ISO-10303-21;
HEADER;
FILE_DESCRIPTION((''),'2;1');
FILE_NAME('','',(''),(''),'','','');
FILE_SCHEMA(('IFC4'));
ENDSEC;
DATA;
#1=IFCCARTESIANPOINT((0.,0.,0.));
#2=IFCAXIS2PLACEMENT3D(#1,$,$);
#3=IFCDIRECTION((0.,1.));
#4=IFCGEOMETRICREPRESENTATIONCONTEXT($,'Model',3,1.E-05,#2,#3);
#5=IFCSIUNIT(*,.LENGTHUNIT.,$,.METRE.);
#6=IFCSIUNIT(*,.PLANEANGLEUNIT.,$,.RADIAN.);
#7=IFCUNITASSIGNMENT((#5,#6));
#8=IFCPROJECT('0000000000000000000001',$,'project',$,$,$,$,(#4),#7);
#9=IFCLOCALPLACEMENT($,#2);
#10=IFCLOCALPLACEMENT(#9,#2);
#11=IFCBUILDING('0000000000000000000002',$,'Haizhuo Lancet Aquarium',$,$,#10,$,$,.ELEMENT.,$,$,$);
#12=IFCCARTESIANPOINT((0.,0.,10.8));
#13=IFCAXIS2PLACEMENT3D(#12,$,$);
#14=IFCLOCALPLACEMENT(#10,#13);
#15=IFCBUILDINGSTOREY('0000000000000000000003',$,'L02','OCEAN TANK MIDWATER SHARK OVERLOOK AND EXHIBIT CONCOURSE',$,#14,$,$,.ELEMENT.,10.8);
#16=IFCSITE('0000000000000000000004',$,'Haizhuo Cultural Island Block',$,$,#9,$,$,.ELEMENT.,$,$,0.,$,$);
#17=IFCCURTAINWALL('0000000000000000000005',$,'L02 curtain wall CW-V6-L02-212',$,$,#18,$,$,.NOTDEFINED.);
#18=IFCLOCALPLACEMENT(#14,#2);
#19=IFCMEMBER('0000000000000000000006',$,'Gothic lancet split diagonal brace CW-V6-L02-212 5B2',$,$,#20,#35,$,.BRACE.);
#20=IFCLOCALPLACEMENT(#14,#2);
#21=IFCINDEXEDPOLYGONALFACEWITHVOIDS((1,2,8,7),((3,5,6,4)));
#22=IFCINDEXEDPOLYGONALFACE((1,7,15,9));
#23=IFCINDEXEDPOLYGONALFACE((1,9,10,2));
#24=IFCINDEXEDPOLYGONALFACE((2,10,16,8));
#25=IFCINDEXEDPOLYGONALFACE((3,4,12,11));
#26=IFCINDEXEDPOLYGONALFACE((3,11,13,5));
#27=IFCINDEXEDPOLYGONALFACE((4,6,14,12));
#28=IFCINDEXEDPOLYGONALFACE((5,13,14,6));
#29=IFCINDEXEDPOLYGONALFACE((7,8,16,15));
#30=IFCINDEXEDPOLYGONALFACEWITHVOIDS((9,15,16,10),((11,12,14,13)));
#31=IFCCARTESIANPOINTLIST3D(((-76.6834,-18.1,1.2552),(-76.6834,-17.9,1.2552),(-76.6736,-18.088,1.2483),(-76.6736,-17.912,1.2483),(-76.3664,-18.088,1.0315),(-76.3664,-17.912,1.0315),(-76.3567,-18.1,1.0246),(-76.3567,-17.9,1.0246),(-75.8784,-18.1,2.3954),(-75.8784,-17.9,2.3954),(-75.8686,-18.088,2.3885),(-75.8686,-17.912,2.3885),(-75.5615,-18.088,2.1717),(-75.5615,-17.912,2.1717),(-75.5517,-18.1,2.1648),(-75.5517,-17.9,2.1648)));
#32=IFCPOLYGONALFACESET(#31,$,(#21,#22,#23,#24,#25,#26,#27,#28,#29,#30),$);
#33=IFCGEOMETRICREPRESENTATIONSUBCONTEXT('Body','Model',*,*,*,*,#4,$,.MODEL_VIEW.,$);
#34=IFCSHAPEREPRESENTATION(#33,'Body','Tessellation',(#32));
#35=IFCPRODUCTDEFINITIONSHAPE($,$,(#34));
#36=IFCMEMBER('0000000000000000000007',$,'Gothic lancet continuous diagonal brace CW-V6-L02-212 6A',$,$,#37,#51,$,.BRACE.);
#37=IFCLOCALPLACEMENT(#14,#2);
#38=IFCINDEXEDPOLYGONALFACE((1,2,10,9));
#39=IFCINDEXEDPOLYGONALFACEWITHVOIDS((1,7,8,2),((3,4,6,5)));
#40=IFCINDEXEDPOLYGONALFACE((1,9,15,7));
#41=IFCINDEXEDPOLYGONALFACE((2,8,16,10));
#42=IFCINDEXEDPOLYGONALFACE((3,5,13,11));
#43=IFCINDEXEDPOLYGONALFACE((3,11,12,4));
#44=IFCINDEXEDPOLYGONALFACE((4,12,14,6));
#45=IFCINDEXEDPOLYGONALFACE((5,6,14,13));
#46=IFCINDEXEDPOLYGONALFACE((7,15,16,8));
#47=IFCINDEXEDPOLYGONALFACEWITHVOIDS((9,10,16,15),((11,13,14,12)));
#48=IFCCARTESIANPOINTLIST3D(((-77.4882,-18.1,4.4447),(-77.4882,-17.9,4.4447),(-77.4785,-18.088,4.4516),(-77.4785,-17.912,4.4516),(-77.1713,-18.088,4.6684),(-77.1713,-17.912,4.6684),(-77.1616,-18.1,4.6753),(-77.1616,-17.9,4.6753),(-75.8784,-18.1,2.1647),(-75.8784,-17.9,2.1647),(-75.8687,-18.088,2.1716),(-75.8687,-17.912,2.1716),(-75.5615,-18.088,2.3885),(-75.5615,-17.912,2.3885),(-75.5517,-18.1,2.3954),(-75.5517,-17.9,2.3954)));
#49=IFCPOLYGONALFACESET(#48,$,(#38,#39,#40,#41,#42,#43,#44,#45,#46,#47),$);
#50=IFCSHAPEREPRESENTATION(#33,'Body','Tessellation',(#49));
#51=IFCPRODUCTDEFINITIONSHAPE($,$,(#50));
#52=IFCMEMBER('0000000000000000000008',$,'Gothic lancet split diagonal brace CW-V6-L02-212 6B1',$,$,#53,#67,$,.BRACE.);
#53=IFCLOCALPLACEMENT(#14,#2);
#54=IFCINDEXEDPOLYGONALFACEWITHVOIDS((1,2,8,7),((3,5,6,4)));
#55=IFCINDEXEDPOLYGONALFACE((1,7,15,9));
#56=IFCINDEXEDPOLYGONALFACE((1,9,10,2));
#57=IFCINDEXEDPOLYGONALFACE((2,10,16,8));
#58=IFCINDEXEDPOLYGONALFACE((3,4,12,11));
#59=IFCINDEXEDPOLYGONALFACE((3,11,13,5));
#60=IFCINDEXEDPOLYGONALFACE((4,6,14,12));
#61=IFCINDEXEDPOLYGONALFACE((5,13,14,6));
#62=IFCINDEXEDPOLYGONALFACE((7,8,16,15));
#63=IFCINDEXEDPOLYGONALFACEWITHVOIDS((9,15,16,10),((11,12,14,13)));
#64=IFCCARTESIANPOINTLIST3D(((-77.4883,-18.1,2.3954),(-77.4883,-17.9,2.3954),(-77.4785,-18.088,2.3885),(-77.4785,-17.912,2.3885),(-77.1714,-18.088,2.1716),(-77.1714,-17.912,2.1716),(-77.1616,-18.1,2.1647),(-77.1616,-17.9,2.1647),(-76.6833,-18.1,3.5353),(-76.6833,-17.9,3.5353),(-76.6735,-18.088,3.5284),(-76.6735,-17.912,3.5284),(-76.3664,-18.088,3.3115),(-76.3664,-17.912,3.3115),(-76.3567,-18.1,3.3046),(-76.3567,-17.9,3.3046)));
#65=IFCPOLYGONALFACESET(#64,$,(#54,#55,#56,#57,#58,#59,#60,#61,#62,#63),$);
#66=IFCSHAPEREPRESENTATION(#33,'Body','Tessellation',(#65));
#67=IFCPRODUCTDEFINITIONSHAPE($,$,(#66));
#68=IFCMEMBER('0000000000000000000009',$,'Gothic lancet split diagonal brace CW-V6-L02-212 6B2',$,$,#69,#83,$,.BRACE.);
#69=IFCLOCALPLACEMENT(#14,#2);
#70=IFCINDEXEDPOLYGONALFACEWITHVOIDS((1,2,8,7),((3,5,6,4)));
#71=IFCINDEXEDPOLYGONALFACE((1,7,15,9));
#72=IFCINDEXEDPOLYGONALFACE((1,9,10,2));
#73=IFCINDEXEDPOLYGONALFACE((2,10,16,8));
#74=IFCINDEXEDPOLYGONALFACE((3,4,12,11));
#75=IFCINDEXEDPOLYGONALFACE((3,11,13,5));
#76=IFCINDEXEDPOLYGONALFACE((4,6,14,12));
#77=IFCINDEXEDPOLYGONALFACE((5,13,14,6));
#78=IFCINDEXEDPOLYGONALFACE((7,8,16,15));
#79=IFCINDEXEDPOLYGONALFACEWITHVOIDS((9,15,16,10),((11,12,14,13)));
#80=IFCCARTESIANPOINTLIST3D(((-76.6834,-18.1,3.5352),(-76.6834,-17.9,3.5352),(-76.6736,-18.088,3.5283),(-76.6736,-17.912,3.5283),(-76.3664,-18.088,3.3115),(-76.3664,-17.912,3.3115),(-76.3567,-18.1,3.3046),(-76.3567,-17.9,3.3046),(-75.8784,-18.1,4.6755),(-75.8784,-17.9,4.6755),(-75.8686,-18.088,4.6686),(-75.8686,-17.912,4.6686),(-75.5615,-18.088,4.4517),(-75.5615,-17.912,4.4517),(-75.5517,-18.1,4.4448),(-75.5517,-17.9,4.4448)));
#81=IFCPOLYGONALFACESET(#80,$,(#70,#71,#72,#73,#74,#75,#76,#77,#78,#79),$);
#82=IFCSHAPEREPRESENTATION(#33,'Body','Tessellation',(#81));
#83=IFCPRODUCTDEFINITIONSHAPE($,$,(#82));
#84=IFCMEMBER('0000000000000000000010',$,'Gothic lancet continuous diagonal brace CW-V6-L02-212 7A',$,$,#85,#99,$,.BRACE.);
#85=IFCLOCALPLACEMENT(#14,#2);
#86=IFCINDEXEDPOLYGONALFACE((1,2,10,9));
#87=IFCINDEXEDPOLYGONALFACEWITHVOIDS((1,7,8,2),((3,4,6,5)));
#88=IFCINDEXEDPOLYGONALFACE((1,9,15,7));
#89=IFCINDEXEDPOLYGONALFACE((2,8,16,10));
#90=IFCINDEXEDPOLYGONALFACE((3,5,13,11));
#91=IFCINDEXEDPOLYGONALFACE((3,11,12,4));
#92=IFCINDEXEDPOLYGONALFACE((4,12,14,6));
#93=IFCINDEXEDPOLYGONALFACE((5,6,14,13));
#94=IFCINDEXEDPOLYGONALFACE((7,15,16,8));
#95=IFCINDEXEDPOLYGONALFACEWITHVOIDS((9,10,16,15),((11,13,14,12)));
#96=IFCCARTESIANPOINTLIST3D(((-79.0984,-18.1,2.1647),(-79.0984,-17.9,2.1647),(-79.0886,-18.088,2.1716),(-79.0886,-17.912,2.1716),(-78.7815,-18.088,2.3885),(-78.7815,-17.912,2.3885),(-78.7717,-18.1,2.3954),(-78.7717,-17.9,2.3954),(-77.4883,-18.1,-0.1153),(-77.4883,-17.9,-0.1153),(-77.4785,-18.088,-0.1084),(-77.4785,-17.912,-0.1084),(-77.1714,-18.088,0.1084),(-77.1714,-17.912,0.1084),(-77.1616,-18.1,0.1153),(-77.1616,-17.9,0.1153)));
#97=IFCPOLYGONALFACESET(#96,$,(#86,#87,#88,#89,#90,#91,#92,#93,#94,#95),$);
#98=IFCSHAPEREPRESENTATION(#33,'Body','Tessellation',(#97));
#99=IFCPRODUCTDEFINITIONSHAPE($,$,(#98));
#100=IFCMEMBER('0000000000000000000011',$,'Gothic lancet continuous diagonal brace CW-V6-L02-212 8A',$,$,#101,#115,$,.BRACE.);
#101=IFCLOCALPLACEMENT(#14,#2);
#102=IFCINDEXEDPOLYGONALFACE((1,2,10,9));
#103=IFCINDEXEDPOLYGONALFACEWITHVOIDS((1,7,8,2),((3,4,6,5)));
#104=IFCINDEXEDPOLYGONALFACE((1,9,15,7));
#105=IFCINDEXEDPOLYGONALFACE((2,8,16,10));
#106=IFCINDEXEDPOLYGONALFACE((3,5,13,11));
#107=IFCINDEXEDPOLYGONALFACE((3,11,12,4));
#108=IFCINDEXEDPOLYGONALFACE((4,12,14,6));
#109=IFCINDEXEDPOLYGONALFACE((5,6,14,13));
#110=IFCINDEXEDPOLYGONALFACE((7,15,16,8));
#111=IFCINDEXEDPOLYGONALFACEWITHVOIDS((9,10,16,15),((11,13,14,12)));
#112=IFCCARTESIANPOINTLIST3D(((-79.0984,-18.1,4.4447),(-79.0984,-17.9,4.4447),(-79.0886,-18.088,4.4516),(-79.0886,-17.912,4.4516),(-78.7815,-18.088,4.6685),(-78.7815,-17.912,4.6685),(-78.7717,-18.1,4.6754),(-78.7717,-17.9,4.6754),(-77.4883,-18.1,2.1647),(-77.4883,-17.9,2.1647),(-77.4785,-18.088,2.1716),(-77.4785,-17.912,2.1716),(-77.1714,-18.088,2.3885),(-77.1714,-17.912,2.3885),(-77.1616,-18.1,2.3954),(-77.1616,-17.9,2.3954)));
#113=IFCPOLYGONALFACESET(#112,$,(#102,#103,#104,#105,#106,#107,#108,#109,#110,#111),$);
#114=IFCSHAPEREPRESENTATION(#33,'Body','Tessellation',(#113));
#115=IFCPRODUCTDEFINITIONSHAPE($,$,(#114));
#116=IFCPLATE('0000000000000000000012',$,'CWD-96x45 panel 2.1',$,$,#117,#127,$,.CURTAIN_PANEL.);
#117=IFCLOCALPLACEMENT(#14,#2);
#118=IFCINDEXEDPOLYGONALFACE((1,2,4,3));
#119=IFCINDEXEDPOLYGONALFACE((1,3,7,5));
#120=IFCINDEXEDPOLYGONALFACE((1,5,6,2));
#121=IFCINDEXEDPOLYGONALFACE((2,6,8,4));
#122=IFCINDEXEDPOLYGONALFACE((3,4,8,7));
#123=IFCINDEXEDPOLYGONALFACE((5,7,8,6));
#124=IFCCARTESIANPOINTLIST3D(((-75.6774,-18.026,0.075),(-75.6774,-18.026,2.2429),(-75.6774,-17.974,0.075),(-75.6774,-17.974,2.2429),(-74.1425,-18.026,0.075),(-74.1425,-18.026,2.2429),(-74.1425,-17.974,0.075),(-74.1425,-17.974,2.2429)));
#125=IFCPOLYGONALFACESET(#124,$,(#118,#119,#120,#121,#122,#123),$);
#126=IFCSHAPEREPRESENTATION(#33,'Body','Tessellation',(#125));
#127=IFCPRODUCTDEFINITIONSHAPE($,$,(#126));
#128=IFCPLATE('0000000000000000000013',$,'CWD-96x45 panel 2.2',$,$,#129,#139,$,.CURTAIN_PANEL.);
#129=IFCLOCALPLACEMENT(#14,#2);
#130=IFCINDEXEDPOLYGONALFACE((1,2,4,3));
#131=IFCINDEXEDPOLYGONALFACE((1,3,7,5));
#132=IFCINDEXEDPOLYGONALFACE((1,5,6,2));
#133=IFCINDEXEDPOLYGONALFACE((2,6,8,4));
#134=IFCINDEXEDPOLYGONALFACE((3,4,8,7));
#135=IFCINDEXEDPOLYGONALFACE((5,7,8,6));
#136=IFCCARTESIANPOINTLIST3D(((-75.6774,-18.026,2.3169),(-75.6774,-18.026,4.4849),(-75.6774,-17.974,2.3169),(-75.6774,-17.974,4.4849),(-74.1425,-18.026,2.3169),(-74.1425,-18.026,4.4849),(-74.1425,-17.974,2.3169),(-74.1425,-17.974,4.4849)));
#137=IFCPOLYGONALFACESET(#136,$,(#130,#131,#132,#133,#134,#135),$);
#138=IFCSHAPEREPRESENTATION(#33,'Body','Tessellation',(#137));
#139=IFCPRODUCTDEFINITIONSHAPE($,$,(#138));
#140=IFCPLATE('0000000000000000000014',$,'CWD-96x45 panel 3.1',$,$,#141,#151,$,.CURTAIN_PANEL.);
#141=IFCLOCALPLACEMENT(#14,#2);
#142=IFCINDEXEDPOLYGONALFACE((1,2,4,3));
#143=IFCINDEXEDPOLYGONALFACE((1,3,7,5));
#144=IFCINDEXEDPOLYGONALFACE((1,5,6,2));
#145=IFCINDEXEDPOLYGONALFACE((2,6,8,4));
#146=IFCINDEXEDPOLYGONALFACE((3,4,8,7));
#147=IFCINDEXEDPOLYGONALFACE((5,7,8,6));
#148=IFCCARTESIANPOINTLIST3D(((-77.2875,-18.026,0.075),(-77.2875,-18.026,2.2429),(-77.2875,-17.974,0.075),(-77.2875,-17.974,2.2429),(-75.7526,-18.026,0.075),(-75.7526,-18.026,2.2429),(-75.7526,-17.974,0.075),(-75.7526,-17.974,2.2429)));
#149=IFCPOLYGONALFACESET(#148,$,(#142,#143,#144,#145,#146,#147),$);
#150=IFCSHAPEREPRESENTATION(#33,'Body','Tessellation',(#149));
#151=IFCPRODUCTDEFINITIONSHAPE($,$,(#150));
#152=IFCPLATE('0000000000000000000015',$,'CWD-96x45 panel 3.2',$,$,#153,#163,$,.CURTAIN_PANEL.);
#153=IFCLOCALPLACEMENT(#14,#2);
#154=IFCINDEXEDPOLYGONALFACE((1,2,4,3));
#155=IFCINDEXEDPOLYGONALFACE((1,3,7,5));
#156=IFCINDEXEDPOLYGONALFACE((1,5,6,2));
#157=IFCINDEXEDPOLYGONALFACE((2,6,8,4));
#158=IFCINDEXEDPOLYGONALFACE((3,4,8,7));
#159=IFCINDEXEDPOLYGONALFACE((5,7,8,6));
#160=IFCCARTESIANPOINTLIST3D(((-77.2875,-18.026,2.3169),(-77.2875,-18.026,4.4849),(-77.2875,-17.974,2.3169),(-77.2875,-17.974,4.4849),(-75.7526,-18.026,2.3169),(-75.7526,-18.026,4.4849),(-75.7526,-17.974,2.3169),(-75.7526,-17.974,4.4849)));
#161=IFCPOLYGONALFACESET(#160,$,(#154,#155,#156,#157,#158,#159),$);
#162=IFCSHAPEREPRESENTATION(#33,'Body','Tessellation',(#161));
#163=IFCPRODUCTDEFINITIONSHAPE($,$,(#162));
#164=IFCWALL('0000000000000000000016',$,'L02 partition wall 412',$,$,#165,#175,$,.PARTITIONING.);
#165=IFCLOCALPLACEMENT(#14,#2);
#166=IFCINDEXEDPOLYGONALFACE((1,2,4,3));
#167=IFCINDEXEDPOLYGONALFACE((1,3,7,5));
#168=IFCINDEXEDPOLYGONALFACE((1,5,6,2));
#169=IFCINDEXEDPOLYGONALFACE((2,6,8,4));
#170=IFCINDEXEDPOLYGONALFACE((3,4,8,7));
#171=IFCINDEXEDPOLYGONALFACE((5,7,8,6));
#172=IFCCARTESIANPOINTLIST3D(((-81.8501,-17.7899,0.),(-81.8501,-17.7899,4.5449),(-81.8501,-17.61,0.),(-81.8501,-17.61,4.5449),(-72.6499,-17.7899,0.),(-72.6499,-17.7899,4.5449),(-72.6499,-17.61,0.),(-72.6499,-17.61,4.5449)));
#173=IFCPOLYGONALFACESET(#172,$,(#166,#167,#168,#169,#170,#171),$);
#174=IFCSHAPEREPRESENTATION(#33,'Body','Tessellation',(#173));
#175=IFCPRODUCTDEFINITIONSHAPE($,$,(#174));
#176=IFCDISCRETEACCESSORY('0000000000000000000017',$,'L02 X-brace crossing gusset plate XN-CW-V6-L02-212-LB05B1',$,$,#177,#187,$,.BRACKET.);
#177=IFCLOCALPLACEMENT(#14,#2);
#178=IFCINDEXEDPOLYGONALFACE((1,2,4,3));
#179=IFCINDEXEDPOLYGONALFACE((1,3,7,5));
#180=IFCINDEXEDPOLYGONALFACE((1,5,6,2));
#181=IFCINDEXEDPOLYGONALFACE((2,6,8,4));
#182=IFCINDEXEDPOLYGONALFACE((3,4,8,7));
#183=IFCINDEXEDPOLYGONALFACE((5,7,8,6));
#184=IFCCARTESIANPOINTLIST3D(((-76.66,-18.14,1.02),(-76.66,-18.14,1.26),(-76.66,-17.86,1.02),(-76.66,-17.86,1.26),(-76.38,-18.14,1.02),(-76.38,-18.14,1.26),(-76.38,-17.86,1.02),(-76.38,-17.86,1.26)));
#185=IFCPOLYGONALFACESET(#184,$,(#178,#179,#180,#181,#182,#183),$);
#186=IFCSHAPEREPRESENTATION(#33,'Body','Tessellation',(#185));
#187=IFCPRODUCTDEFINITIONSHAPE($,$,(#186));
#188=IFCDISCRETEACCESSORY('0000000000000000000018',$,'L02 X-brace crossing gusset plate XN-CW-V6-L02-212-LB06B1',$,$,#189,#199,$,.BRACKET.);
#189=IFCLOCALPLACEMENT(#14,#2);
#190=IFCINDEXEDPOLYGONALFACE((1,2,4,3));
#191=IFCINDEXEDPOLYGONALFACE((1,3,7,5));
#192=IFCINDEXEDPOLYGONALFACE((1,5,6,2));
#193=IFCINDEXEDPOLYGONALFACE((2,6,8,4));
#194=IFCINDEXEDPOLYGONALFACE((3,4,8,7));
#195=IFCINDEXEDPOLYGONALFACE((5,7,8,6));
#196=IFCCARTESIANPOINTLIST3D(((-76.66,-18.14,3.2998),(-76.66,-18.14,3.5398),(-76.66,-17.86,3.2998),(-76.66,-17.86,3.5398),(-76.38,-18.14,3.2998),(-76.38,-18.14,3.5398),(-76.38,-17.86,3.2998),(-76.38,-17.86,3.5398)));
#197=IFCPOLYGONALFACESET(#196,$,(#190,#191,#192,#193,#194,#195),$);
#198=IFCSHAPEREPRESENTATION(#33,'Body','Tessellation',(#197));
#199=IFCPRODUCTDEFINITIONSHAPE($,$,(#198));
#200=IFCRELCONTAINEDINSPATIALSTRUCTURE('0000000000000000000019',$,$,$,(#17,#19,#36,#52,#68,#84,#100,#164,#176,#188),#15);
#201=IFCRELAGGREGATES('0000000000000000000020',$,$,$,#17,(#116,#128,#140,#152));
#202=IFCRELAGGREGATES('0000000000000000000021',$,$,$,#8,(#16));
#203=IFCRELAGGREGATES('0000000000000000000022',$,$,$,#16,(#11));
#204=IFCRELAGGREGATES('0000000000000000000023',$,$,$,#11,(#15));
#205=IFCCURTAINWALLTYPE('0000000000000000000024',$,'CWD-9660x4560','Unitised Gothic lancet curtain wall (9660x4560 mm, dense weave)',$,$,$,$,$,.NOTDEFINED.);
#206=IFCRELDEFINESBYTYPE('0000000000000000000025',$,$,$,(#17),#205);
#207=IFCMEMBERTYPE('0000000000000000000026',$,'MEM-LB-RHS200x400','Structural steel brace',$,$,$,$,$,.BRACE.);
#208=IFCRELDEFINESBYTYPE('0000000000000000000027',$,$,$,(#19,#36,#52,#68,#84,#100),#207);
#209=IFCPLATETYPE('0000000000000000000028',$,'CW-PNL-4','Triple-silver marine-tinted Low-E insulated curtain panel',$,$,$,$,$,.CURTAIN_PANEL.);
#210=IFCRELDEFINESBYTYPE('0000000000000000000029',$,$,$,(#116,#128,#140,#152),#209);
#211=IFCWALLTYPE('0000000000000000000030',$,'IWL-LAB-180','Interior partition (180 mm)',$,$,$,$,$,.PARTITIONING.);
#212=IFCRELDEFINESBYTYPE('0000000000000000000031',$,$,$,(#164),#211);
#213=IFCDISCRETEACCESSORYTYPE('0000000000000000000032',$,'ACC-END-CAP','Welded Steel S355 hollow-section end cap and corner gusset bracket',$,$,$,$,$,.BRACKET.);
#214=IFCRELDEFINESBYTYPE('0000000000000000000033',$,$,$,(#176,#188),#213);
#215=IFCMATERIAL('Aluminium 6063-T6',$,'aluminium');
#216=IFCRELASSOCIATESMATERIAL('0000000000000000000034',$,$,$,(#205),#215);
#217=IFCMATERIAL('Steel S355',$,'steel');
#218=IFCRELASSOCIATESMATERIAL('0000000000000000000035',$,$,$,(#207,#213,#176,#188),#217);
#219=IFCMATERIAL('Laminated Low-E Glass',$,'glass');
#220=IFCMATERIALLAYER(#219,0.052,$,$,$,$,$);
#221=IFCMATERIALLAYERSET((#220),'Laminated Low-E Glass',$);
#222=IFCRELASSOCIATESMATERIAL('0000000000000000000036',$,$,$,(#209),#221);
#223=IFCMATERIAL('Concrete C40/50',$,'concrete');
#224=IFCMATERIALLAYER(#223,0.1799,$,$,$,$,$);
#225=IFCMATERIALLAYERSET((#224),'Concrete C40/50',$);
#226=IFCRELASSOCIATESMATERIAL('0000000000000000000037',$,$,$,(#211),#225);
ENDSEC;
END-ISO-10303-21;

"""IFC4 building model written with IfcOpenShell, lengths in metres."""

from ifc_helpers import new_model, si_unit, direction, frame, frame_2d, origin, origin_2d, place, context, subcontext, project, spatial, rectangle, hollow_rectangle, extrude, material, layer, layer_set, material_profile, profile_set, type_object, element, aggregate, save


model = new_model("IFC4")

# Units and contexts
model_context = context("Model", 3, precision=1e-05, world=origin(), true_north=direction((0.0, 1.0)))
body_context = subcontext(model_context, "Body", "Model", "MODEL_VIEW")
ifc_project = project(units=[si_unit("LENGTHUNIT", "METRE"), si_unit("PLANEANGLEUNIT", "RADIAN")], contexts=[model_context])

# Site, building, storey
site_placement = place(None, origin())
site = spatial("IfcSite", under=ifc_project, at=site_placement, Name="Haizhuo Cultural Island Block", CompositionType="ELEMENT", RefElevation=0.0)
building_placement = place(site_placement, origin())
building = spatial("IfcBuilding", under=site, at=building_placement, Name="Haizhuo Lancet Aquarium", CompositionType="ELEMENT")
storey_placement = place(building_placement, frame((0.0, 0.0, 10.8)))
storey = spatial("IfcBuildingStorey", under=building, at=storey_placement, Name="L02", Description="OCEAN TANK MIDWATER SHARK OVERLOOK AND EXHIBIT CONCOURSE", CompositionType="ELEMENT", Elevation=10.8)

# Curtain wall
ifc_material_1 = material(Name="Aluminium 6063-T6", Category="aluminium")
curtain_wall_type = type_object("IfcCurtainWallType", Name="CWD-9660x4560", Description="Unitised Gothic lancet curtain wall (9660x4560 mm, dense weave)", PredefinedType="NOTDEFINED", material=ifc_material_1)
curtain_wall_placement = place(storey_placement, origin())
curtain_wall = element("IfcCurtainWall", 1, at=curtain_wall_placement, inside=storey, type_object=curtain_wall_type, Name="L02 curtain wall CW-V6-L02-212", PredefinedType="NOTDEFINED")

# Members
ifc_material_2 = material(Name="Steel S355", Category="steel")
ifc_material_profile_1 = material_profile(ifc_material_2, hollow_rectangle(XDim=0.2, YDim=0.3999, WallThickness=0.012, at=origin_2d()), Name="RHS 200x400x12")
ifc_profile_set_1 = profile_set([ifc_material_profile_1], Name="Steel S355")
member_type_1 = type_object("IfcMemberType", Name="MEM-LB-RHS200x400", Description="Structural steel brace", PredefinedType="BRACE", material=ifc_profile_set_1)
member_1_placement = place(storey_placement, frame((-76.52, -18.0, 1.1399), z_axis=(0.576745, 0.0, 0.816924), x_axis=(0.0, 1.0, 0.0)))
element("IfcMember", 2, at=member_1_placement, inside=storey, type_object=member_type_1, Name="Gothic lancet split diagonal brace CW-V6-L02-212 5B2", PredefinedType="BRACE", context=body_context, shape_type="SweptSolid", body=[
    extrude(hollow_rectangle(XDim=0.2, YDim=0.3999, WallThickness=0.012, at=origin_2d()), origin(), (0.0, 0.0, 1.0), 1.3958),
])
member_2_placement = place(storey_placement, frame((-75.7151, -18.0, 2.28), z_axis=(-0.576786, 0.0, 0.816895), x_axis=(0.0, -1.0, 0.0)))
element("IfcMember", 3, at=member_2_placement, inside=storey, type_object=member_type_1, Name="Gothic lancet continuous diagonal brace CW-V6-L02-212 6A", PredefinedType="BRACE", context=body_context, shape_type="SweptSolid", body=[
    extrude(hollow_rectangle(XDim=0.2, YDim=0.3999, WallThickness=0.012, at=origin_2d()), origin(), (0.0, 0.0, 1.0), 2.791),
])
member_3_placement = place(storey_placement, frame((-77.325, -18.0, 2.28), z_axis=(0.576827, 0.0, 0.816866), x_axis=(0.0, 1.0, 0.0)))
element("IfcMember", 4, at=member_3_placement, inside=storey, type_object=member_type_1, Name="Gothic lancet split diagonal brace CW-V6-L02-212 6B1", PredefinedType="BRACE", context=body_context, shape_type="SweptSolid", body=[
    extrude(hollow_rectangle(XDim=0.2, YDim=0.3999, WallThickness=0.012, at=origin_2d()), origin(), (0.0, 0.0, 1.0), 1.3955),
])
member_4_placement = place(storey_placement, frame((-76.52, -18.0, 3.4199), z_axis=(0.576745, 0.0, 0.816924), x_axis=(0.0, 1.0, 0.0)))
element("IfcMember", 5, at=member_4_placement, inside=storey, type_object=member_type_1, Name="Gothic lancet split diagonal brace CW-V6-L02-212 6B2", PredefinedType="BRACE", context=body_context, shape_type="SweptSolid", body=[
    extrude(hollow_rectangle(XDim=0.2, YDim=0.3999, WallThickness=0.012, at=origin_2d()), origin(), (0.0, 0.0, 1.0), 1.3958),
])
for number, where, z_axis, x_axis, name in (
    (6, (-77.325, -18.0, 0.0), (-0.576845, 0.0, 0.816854), (0.0, -1.0, 0.0), "Gothic lancet continuous diagonal brace CW-V6-L02-212 7A"),
    (7, (-77.325, -18.0, 2.28), (-0.576845, 0.0, 0.816854), (0.0, -1.0, 0.0), "Gothic lancet continuous diagonal brace CW-V6-L02-212 8A"),
):
    element("IfcMember", number, at=place(storey_placement, frame(where, z_axis=z_axis, x_axis=x_axis)), inside=storey, type_object=member_type_1, Name=name, PredefinedType="BRACE", context=body_context, shape_type="SweptSolid", body=[
        extrude(hollow_rectangle(XDim=0.2, YDim=0.3999, WallThickness=0.012, at=origin_2d()), origin(), (0.0, 0.0, 1.0), 2.7913),
    ])

# Plates
ifc_material_3 = material(Name="Laminated Low-E Glass", Category="glass")
ifc_layer_1 = layer(ifc_material_3, 0.052)
ifc_layer_set_1 = layer_set([ifc_layer_1], Name="Laminated Low-E Glass")
plate_type = type_object("IfcPlateType", Name="CW-PNL-4", Description="Triple-silver marine-tinted Low-E insulated curtain panel", PredefinedType="CURTAIN_PANEL", material=ifc_layer_set_1)
plate_1_placement = place(storey_placement, frame((-74.9099, -18.0, 0.075), z_axis=(0.0, 0.0, 1.0), x_axis=(-1.0, 0.0, 0.0)))
plate_1 = element("IfcPlate", 8, at=plate_1_placement, type_object=plate_type, Name="CWD-96x45 panel 2.1", PredefinedType="CURTAIN_PANEL", context=body_context, shape_type="SweptSolid", body=[
    extrude(rectangle(XDim=1.5349, YDim=0.052, at=origin_2d()), origin(), (0.0, 0.0, 1.0), 2.168),
])
plate_2_placement = place(storey_placement, frame((-74.9099, -18.0, 2.3169), z_axis=(0.0, 0.0, 1.0), x_axis=(-1.0, 0.0, 0.0)))
plate_2 = element("IfcPlate", 9, at=plate_2_placement, type_object=plate_type, Name="CWD-96x45 panel 2.2", PredefinedType="CURTAIN_PANEL", context=body_context, shape_type="SweptSolid", body=[
    extrude(rectangle(XDim=1.5349, YDim=0.052, at=origin_2d()), origin(), (0.0, 0.0, 1.0), 2.168),
])
plate_3_placement = place(storey_placement, frame((-76.52, -18.0, 0.075), z_axis=(0.0, 0.0, 1.0), x_axis=(-1.0, 0.0, 0.0)))
plate_3 = element("IfcPlate", 10, at=plate_3_placement, type_object=plate_type, Name="CWD-96x45 panel 3.1", PredefinedType="CURTAIN_PANEL", context=body_context, shape_type="SweptSolid", body=[
    extrude(rectangle(XDim=1.5349, YDim=0.052, at=origin_2d()), origin(), (0.0, 0.0, 1.0), 2.168),
])
plate_4_placement = place(storey_placement, frame((-76.52, -18.0, 2.3169), z_axis=(0.0, 0.0, 1.0), x_axis=(-1.0, 0.0, 0.0)))
plate_4 = element("IfcPlate", 11, at=plate_4_placement, type_object=plate_type, Name="CWD-96x45 panel 3.2", PredefinedType="CURTAIN_PANEL", context=body_context, shape_type="SweptSolid", body=[
    extrude(rectangle(XDim=1.5349, YDim=0.052, at=origin_2d()), origin(), (0.0, 0.0, 1.0), 2.168),
])
aggregate(curtain_wall, [plate_1, plate_2, plate_3, plate_4])

# Wall
ifc_material_4 = material(Name="Concrete C40/50", Category="concrete")
ifc_layer_2 = layer(ifc_material_4, 0.1799)
ifc_layer_set_2 = layer_set([ifc_layer_2], Name="Concrete C40/50")
wall_type = type_object("IfcWallType", Name="IWL-LAB-180", Description="Interior partition (180 mm)", PredefinedType="PARTITIONING", material=ifc_layer_set_2)
wall_placement = place(storey_placement, frame((-81.8501, -17.7, 0.0), z_axis=(0.0, 0.0, 1.0), x_axis=(1.0, 0.0, 0.0)))
element("IfcWall", 12, at=wall_placement, inside=storey, type_object=wall_type, Name="L02 partition wall 412", PredefinedType="PARTITIONING", context=body_context, shape_type="SweptSolid", body=[
    extrude(rectangle(XDim=9.2002, YDim=0.1799, at=frame_2d((4.6001, 0.0))), origin(), (0.0, 0.0, 1.0), 4.5449),
])

# Discrete accessories
discrete_accessory_type = type_object("IfcDiscreteAccessoryType", Name="ACC-END-CAP", Description="Welded Steel S355 hollow-section end cap and corner gusset bracket", PredefinedType="BRACKET", material=ifc_material_2)
for number, where, z_axis, x_axis, name in (
    (13, (-76.52, -18.0, 1.02), (0.0, 0.0, 1.0), (1.0, 0.0, 0.0), "L02 X-brace crossing gusset plate XN-CW-V6-L02-212-LB05B1"),
    (14, (-76.52, -18.0, 3.2998), (0.0, 0.0, 1.0), (1.0, 0.0, 0.0), "L02 X-brace crossing gusset plate XN-CW-V6-L02-212-LB06B1"),
):
    element("IfcDiscreteAccessory", number, at=place(storey_placement, frame(where, z_axis=z_axis, x_axis=x_axis)), inside=storey, type_object=discrete_accessory_type, material=ifc_material_2, Name=name, PredefinedType="BRACKET", context=body_context, shape_type="SweptSolid", body=[
        extrude(rectangle(XDim=0.28, YDim=0.28, at=origin_2d()), origin(), (0.0, 0.0, 1.0), 0.24),
    ])

save(model, "model.ifc")
